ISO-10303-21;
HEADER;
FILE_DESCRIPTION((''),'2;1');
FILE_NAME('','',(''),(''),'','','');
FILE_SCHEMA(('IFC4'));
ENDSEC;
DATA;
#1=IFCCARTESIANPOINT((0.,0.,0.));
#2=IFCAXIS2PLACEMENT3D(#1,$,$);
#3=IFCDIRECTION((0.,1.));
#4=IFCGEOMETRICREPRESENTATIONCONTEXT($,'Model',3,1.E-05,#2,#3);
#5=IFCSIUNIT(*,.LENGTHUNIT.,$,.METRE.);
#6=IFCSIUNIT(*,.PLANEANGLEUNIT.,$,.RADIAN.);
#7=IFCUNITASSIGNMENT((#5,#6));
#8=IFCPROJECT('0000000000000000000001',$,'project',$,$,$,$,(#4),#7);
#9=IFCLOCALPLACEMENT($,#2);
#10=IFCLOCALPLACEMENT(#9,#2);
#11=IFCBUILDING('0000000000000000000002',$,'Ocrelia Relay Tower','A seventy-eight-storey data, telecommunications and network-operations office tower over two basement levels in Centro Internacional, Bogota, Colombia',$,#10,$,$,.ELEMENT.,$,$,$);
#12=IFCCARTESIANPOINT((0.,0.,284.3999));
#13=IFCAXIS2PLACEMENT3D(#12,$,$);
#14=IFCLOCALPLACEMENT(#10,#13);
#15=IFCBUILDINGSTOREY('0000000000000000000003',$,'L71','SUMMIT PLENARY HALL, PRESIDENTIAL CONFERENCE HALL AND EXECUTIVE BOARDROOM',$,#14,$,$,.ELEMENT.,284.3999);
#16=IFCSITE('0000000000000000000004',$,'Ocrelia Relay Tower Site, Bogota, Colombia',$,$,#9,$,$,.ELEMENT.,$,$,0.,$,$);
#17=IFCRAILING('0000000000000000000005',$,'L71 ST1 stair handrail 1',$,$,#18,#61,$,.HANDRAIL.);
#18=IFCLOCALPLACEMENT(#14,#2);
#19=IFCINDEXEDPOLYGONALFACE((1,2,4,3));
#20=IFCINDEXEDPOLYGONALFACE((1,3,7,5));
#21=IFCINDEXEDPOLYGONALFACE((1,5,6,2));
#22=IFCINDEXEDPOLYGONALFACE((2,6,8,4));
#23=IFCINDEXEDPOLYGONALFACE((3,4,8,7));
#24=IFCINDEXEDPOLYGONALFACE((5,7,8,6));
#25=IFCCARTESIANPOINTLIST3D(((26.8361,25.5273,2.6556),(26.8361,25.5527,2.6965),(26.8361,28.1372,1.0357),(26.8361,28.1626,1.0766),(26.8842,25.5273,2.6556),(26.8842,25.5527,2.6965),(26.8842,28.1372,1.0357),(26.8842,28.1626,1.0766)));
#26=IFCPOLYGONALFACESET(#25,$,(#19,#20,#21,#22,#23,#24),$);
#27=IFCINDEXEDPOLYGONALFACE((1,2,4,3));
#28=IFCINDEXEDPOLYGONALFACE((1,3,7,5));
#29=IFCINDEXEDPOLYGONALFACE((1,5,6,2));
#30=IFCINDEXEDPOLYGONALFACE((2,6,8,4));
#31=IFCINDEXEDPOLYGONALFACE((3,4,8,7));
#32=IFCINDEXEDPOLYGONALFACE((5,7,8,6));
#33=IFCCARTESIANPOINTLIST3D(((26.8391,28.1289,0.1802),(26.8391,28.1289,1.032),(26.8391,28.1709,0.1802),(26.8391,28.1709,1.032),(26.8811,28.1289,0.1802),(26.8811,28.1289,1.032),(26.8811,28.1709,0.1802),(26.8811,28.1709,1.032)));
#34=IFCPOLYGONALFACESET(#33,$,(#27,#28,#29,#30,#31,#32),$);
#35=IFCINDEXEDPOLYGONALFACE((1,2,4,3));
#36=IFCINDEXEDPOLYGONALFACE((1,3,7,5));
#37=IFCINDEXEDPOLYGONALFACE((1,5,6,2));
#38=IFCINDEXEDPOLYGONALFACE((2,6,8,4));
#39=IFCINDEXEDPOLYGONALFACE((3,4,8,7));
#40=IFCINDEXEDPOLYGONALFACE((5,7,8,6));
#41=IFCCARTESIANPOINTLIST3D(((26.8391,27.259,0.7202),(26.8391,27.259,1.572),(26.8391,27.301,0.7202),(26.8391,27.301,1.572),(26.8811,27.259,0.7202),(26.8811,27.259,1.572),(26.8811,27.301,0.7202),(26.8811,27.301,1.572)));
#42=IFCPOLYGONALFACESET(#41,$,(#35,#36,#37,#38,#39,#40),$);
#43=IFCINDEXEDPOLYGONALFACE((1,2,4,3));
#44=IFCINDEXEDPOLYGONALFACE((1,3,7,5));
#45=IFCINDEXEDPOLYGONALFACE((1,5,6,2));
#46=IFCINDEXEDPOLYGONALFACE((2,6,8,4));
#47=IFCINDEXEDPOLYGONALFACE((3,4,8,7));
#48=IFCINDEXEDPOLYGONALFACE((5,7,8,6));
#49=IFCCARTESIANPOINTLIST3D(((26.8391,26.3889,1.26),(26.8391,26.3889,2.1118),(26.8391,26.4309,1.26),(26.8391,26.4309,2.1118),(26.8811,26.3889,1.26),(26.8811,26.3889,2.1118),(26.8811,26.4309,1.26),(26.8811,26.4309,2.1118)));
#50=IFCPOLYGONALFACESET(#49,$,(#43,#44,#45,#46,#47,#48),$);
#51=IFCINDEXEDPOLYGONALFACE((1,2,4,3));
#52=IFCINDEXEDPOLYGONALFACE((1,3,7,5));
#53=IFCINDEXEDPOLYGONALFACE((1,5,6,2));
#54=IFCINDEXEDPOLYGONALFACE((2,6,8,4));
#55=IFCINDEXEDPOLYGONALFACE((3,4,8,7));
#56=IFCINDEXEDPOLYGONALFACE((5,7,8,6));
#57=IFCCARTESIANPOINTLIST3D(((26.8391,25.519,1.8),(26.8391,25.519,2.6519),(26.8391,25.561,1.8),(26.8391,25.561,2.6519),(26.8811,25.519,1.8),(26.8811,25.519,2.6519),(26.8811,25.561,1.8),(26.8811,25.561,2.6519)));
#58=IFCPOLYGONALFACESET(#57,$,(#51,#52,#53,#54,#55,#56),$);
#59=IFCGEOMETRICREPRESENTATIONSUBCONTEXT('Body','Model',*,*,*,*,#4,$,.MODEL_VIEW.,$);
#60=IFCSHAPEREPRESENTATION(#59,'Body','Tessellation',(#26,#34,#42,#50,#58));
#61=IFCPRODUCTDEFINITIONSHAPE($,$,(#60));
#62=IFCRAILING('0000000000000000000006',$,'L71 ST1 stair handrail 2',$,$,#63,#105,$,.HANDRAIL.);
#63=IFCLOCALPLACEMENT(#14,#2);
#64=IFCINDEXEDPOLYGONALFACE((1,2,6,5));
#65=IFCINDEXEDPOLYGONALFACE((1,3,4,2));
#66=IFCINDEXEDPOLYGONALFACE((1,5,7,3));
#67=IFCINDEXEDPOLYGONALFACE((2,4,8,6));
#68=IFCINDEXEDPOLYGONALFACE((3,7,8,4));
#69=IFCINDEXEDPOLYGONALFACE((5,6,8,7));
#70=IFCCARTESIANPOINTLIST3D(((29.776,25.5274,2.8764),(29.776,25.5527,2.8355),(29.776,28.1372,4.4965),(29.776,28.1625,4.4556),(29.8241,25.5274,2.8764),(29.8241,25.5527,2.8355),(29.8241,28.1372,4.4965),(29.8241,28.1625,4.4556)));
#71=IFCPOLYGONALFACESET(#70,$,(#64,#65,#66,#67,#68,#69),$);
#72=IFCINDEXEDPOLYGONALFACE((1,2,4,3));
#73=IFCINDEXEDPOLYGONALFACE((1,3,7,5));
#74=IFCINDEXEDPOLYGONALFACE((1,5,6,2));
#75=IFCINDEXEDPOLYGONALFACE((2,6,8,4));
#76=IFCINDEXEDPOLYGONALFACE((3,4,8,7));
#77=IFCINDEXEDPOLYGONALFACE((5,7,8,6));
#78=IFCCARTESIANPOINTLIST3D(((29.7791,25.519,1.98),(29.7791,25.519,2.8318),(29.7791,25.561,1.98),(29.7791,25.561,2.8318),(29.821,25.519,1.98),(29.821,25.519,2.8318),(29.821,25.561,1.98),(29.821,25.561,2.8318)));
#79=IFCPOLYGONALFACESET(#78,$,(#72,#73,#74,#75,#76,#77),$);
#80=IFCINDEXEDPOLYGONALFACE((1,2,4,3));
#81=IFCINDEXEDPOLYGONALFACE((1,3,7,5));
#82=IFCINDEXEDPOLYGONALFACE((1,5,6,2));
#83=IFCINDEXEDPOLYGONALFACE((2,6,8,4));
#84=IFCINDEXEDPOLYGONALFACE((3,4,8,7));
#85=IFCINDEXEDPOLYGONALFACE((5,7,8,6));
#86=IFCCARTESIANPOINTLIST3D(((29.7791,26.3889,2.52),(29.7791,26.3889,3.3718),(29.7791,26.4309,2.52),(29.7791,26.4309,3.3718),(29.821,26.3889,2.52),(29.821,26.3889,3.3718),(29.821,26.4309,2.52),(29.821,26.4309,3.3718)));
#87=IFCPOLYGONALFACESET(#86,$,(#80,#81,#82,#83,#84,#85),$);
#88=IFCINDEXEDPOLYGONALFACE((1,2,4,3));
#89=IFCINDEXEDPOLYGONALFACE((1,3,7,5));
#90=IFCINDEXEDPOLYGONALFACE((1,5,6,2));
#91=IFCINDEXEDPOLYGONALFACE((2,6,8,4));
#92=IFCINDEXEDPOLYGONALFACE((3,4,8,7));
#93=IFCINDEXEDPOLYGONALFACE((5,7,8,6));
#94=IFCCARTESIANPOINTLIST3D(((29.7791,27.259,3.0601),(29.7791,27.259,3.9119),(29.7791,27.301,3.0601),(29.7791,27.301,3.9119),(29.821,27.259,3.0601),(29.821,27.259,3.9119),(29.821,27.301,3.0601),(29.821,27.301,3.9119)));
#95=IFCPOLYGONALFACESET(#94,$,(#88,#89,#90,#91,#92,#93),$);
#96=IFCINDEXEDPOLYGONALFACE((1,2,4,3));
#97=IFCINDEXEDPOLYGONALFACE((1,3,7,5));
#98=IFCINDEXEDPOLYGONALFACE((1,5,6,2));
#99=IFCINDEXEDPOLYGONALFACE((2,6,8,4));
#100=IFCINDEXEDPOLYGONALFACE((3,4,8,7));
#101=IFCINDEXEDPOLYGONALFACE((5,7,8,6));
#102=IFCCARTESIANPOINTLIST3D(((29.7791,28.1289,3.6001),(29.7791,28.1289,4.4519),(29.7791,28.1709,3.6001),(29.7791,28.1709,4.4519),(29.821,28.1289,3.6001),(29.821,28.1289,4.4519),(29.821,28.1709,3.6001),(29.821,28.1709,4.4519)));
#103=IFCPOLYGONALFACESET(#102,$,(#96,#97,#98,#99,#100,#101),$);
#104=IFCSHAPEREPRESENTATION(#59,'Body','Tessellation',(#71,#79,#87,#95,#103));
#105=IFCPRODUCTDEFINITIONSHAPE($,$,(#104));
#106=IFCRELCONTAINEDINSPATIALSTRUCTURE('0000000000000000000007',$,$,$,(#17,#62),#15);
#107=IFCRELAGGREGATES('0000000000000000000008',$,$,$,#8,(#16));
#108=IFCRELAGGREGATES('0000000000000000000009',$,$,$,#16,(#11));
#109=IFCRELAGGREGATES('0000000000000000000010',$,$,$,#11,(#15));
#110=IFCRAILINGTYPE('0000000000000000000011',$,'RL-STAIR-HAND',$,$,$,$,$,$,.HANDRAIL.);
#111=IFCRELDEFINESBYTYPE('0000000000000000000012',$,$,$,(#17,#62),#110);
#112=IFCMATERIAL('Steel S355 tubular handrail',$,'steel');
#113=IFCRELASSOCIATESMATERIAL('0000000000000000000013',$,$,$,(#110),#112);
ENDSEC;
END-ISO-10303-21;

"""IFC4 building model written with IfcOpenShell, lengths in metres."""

from ifc_helpers import new_model, si_unit, direction, frame, origin, origin_2d, place, context, subcontext, project, spatial, rectangle, extrude, material, type_object, element, save


model = new_model("IFC4")

# Units and contexts
model_context = context("Model", 3, precision=1e-05, world=origin(), true_north=direction((0.0, 1.0)))
body_context = subcontext(model_context, "Body", "Model", "MODEL_VIEW")
ifc_project = project(units=[si_unit("LENGTHUNIT", "METRE"), si_unit("PLANEANGLEUNIT", "RADIAN")], contexts=[model_context])

# Site, building, storey
site_placement = place(None, origin())
site = spatial("IfcSite", under=ifc_project, at=site_placement, Name="Ocrelia Relay Tower Site, Bogota, Colombia", CompositionType="ELEMENT", RefElevation=0.0)
building_placement = place(site_placement, origin())
building = spatial("IfcBuilding", under=site, at=building_placement, Name="Ocrelia Relay Tower", Description="A seventy-eight-storey data, telecommunications and network-operations office tower over two basement levels in Centro Internacional, Bogota, Colombia", CompositionType="ELEMENT")
storey_placement = place(building_placement, frame((0.0, 0.0, 284.3999)))
storey = spatial("IfcBuildingStorey", under=building, at=storey_placement, Name="L71", Description="SUMMIT PLENARY HALL, PRESIDENTIAL CONFERENCE HALL AND EXECUTIVE BOARDROOM", CompositionType="ELEMENT", Elevation=284.3999)

# Railings
ifc_material_1 = material(Name="Steel S355 tubular handrail", Category="steel")
railing_type_1 = type_object("IfcRailingType", Name="RL-STAIR-HAND", PredefinedType="HANDRAIL", material=ifc_material_1)
railing_1_placement = place(storey_placement, frame((26.8601, 28.1499, 0.1802)))
element("IfcRailing", 1, at=railing_1_placement, inside=storey, type_object=railing_type_1, Name="L71 ST1 stair handrail 1", PredefinedType="HANDRAIL", context=body_context, shape_type="SweptSolid", body=[
    extrude(rectangle(XDim=0.0481, YDim=0.0481, at=origin_2d()), frame((0.0, 0.0, 0.876), z_axis=(0.0, -0.849646, 0.527353), x_axis=(1.0, 0.0, 0.0)), (0.0, 0.0, 1.0), 3.0718),
    extrude(rectangle(XDim=0.042, YDim=0.042, at=origin_2d()), origin(), (0.0, 0.0, 1.0), 0.8518),
    extrude(rectangle(XDim=0.042, YDim=0.042, at=origin_2d()), frame((0.0, -0.8699, 0.54)), (0.0, 0.0, 1.0), 0.8518),
    extrude(rectangle(XDim=0.042, YDim=0.042, at=origin_2d()), frame((0.0, -1.74, 1.0798)), (0.0, 0.0, 1.0), 0.8518),
    extrude(rectangle(XDim=0.042, YDim=0.042, at=origin_2d()), frame((0.0, -2.6099, 1.6199)), (0.0, 0.0, 1.0), 0.8518),
])
railing_2_placement = place(storey_placement, frame((29.8, 25.54, 1.98)))
element("IfcRailing", 2, at=railing_2_placement, inside=storey, type_object=railing_type_1, Name="L71 ST1 stair handrail 2", PredefinedType="HANDRAIL", context=body_context, shape_type="SweptSolid", body=[
    extrude(rectangle(XDim=0.0481, YDim=0.0481, at=origin_2d()), frame((0.0, 0.0, 0.876), z_axis=(0.0, 0.849611, 0.52741), x_axis=(-1.0, 0.0, 0.0)), (0.0, 0.0, 1.0), 3.0718),
    extrude(rectangle(XDim=0.042, YDim=0.042, at=origin_2d()), origin(), (0.0, 0.0, 1.0), 0.8518),
    extrude(rectangle(XDim=0.042, YDim=0.042, at=origin_2d()), frame((0.0, 0.8699, 0.54)), (0.0, 0.0, 1.0), 0.8518),
    extrude(rectangle(XDim=0.042, YDim=0.042, at=origin_2d()), frame((0.0, 1.74, 1.0801)), (0.0, 0.0, 1.0), 0.8518),
    extrude(rectangle(XDim=0.042, YDim=0.042, at=origin_2d()), frame((0.0, 2.6099, 1.6201)), (0.0, 0.0, 1.0), 0.8518),
])

save(model, "model.ifc")
